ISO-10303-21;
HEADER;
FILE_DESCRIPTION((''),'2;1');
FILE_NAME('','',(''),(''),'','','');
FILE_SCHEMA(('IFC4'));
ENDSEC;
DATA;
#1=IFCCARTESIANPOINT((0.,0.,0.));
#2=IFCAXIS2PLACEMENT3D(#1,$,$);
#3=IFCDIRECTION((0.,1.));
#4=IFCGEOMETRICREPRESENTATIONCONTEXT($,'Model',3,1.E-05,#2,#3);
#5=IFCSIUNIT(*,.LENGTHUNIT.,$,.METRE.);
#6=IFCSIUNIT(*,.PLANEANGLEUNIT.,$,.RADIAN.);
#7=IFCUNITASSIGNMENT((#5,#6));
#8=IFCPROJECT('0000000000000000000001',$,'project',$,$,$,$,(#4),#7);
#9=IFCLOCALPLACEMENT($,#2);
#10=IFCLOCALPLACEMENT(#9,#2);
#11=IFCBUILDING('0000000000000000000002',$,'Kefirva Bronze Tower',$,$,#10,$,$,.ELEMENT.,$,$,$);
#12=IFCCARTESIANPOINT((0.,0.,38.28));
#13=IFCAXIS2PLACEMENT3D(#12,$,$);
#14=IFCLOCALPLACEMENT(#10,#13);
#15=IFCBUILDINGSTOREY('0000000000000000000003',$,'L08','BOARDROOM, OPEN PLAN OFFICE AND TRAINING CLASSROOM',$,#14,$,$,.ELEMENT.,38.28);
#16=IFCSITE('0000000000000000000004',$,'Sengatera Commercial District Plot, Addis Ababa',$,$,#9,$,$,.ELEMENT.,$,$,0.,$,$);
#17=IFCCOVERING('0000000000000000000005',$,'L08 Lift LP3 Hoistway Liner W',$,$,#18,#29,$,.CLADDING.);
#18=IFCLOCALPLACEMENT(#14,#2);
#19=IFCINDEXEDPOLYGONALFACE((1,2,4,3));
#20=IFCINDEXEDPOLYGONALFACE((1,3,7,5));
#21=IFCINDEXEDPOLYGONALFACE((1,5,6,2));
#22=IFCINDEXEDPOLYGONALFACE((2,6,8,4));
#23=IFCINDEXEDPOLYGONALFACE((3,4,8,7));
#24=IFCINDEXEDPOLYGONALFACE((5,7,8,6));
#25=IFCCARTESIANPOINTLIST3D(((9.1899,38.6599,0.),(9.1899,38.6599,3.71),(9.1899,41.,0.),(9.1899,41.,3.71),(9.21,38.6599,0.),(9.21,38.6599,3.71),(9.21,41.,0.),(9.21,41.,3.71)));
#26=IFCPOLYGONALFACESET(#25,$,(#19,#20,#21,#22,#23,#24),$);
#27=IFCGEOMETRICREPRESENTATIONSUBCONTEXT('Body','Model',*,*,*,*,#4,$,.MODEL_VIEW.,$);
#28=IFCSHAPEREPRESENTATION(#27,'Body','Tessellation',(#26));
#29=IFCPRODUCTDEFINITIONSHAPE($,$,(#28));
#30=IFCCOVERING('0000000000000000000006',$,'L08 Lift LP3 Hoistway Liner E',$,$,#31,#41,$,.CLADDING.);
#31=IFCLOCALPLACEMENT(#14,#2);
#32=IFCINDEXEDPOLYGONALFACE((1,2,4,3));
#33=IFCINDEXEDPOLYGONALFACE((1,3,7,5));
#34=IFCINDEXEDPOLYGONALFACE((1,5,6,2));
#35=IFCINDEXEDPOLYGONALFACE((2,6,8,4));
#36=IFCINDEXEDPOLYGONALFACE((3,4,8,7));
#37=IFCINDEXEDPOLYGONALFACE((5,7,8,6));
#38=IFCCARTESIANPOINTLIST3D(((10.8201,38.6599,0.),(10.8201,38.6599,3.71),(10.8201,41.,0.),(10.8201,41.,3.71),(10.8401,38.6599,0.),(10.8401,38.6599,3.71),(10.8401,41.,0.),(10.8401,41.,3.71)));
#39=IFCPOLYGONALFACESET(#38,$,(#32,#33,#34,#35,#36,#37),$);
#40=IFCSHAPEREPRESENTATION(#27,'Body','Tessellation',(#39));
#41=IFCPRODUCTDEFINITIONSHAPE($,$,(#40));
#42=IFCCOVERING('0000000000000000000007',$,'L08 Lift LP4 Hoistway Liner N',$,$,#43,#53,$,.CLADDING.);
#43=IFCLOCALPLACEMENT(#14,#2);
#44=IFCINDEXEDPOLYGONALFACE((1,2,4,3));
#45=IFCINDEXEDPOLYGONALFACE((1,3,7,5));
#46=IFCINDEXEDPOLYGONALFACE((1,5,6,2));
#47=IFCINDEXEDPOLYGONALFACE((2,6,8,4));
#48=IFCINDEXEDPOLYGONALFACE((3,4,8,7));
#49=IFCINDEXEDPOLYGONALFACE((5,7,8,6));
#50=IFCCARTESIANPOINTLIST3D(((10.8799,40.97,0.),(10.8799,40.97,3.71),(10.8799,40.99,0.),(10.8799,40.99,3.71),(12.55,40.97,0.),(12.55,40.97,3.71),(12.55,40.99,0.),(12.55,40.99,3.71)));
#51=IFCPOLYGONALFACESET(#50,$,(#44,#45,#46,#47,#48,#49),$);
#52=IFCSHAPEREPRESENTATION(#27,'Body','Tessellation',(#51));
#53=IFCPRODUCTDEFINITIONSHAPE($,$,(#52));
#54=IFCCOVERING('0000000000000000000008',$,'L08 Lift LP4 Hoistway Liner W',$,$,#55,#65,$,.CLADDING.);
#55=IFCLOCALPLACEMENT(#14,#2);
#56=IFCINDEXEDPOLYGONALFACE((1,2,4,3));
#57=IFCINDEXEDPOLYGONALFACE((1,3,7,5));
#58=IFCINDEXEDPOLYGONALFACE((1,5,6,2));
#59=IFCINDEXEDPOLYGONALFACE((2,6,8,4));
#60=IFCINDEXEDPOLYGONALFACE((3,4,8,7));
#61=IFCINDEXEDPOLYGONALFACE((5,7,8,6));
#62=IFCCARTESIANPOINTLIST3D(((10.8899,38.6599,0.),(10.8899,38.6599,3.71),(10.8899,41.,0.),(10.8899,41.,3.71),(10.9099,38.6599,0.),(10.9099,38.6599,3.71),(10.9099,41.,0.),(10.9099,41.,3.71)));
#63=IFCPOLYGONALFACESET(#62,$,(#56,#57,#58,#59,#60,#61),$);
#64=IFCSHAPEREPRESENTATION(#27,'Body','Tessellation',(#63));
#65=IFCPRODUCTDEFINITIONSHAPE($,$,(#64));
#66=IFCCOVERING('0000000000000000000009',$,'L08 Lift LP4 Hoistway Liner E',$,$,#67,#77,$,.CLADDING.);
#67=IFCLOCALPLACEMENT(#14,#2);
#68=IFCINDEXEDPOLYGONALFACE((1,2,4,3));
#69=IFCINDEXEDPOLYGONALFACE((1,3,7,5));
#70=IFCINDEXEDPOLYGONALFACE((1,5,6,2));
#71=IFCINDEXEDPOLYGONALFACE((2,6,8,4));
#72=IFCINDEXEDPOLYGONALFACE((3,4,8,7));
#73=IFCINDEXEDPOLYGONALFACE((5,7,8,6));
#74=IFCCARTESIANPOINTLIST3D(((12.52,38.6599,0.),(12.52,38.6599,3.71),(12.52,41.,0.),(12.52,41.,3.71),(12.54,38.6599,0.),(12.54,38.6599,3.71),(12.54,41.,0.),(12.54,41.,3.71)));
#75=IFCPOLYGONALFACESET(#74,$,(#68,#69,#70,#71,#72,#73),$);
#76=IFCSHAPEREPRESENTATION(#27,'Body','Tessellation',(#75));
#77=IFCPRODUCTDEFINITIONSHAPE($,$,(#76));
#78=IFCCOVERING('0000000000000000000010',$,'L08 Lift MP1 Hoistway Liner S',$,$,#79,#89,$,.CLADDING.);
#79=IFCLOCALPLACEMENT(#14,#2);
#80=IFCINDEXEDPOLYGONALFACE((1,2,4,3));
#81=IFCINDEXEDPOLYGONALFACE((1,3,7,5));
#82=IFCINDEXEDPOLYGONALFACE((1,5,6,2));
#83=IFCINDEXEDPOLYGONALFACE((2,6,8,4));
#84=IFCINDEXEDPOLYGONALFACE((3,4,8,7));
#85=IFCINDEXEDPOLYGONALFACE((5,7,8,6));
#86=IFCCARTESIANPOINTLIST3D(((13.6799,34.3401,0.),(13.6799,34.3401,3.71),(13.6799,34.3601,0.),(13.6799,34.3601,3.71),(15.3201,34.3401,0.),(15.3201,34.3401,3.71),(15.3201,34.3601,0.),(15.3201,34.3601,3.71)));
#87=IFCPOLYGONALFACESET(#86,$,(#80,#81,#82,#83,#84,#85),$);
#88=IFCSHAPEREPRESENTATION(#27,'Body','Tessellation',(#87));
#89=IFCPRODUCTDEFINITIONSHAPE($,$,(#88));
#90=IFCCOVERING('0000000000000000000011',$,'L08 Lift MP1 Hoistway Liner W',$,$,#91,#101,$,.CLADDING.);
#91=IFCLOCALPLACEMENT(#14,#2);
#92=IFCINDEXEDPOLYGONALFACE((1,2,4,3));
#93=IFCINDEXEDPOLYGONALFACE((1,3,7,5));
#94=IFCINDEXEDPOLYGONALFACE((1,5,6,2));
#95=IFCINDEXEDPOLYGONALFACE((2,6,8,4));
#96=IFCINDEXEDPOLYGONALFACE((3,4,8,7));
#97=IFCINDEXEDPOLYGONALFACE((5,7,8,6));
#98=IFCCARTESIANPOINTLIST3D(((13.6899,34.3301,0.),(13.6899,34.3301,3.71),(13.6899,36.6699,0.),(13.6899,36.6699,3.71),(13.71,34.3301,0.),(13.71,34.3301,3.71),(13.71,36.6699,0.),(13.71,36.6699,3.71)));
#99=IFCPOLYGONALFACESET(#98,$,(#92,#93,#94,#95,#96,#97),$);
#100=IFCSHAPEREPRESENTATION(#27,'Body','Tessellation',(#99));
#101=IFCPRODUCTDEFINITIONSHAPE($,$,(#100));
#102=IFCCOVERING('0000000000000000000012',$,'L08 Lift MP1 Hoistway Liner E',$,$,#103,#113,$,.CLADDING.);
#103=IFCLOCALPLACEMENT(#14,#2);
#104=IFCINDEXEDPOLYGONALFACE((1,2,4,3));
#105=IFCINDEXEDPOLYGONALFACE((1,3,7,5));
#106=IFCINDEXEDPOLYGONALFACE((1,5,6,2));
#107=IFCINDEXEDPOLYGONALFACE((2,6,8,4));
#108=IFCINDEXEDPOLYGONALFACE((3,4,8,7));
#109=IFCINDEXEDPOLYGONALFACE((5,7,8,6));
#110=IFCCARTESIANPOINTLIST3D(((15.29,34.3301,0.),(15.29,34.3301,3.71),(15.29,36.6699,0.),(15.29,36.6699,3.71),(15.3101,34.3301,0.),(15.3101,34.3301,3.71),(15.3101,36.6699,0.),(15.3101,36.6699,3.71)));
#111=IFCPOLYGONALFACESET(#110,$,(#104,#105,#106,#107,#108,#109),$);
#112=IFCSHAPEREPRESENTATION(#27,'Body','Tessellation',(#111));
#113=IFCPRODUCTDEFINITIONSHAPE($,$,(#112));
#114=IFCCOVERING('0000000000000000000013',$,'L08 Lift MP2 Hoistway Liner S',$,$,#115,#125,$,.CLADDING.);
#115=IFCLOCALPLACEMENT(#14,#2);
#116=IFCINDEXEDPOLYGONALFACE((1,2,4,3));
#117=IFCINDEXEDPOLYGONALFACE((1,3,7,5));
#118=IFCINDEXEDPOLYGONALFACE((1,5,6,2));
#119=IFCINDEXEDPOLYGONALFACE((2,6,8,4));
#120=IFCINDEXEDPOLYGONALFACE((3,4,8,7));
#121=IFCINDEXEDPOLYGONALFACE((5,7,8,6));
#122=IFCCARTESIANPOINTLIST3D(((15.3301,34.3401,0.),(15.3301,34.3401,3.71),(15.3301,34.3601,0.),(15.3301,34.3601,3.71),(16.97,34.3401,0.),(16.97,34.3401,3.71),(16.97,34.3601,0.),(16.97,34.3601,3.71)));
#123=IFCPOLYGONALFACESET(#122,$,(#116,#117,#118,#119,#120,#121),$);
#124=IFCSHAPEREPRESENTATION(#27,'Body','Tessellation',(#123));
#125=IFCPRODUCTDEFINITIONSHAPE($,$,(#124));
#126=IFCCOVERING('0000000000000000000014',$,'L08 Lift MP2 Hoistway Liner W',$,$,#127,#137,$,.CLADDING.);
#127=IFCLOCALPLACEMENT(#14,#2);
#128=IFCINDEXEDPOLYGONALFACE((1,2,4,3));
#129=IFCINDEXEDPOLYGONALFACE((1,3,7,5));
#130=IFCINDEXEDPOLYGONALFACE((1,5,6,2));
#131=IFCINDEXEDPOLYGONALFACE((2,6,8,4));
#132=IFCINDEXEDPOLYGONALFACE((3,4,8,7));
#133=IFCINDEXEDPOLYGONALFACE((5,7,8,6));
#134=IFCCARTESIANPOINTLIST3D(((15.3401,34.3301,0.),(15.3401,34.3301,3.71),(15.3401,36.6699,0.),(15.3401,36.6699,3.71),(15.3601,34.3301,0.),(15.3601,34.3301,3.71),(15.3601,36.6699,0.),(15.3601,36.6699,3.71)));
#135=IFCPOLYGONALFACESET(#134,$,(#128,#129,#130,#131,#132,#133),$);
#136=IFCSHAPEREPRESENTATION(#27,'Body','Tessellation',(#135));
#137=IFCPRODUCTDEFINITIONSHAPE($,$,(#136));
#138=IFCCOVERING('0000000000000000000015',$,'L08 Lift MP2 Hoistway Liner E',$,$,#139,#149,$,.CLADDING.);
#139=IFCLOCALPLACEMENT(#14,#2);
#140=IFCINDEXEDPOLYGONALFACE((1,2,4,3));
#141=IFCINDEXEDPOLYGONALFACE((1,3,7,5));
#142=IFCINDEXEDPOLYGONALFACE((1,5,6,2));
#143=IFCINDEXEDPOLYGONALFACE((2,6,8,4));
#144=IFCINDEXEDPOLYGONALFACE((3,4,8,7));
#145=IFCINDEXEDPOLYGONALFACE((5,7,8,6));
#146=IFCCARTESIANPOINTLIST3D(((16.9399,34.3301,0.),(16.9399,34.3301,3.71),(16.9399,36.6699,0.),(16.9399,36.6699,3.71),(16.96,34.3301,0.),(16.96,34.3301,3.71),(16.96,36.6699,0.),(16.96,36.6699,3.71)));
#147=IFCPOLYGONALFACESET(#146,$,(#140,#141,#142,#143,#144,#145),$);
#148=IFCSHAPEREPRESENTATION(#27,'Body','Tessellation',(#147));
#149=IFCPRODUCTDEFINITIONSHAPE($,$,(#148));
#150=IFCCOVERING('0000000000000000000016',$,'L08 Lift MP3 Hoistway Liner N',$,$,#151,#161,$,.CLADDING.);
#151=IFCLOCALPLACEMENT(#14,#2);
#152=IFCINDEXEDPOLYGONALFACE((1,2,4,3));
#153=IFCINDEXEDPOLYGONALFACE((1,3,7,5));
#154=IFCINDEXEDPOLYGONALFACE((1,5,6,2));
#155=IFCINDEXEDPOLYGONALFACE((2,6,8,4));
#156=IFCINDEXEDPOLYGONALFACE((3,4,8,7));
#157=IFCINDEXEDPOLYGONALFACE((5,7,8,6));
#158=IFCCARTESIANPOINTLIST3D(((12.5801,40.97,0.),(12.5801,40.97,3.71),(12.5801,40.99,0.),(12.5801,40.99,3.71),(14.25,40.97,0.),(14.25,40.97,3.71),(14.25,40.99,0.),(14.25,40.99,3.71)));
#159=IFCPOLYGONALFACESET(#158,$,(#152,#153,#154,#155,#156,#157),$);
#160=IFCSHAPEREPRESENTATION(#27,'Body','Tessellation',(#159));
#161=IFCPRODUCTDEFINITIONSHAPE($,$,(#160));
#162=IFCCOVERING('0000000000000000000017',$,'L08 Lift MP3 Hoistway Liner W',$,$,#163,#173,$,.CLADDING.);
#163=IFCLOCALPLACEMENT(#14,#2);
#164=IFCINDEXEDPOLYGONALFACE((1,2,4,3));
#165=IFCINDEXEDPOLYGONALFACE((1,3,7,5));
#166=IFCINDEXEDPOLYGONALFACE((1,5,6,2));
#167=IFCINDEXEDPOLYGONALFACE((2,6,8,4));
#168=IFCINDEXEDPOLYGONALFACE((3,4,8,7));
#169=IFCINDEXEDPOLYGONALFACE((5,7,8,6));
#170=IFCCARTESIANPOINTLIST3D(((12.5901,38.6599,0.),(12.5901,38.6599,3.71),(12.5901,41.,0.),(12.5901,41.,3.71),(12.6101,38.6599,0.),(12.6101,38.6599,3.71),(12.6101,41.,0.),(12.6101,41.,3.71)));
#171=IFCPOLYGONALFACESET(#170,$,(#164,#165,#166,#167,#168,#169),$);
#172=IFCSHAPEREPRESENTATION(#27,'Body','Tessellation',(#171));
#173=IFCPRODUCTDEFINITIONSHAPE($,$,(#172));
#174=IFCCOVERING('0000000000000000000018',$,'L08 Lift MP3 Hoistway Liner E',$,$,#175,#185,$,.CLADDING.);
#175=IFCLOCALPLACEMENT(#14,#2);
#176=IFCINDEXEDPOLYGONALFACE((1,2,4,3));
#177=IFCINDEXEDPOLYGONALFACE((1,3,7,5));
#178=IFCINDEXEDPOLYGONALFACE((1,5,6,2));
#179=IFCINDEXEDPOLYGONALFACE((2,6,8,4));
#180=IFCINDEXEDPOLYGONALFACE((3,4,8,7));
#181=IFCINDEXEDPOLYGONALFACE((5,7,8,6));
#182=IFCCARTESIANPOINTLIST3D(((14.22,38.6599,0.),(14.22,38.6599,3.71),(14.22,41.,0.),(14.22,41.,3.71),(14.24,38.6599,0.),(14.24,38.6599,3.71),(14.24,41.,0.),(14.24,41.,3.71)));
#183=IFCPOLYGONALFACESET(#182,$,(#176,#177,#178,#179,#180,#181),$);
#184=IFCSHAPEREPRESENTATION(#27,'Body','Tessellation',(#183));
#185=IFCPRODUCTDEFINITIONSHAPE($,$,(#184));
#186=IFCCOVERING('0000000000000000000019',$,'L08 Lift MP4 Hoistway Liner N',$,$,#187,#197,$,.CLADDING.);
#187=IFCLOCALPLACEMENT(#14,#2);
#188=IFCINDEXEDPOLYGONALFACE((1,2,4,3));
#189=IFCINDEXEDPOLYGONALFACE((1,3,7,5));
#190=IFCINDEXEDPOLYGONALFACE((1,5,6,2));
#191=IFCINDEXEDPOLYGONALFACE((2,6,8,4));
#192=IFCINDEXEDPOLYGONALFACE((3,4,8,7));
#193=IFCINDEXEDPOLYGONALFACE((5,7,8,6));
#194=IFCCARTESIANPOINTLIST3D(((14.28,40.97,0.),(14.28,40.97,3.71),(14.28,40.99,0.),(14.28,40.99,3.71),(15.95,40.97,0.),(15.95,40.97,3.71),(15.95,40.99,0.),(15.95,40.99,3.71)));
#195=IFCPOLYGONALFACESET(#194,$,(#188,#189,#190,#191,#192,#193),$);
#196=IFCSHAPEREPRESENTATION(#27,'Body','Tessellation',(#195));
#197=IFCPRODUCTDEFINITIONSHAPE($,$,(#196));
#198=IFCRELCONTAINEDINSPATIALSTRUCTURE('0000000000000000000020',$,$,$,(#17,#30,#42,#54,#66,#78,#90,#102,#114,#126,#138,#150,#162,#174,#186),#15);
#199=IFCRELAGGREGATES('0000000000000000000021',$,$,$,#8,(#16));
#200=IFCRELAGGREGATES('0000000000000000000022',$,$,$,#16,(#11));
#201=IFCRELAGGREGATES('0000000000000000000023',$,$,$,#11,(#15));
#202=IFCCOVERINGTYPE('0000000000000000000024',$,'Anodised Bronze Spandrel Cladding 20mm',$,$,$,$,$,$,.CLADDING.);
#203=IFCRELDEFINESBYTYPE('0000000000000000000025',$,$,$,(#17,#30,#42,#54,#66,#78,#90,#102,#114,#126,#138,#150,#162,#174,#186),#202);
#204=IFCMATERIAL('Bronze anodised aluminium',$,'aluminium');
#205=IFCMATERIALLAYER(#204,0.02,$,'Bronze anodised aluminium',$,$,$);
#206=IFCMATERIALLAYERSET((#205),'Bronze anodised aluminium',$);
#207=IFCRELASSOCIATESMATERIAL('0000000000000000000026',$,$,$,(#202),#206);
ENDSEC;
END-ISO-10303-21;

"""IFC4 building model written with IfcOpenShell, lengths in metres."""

from ifc_helpers import new_model, si_unit, direction, frame, origin, place, context, subcontext, project, spatial, polyline, outline, extrude, material, layer, layer_set, type_object, element, save


model = new_model("IFC4")

# Units and contexts
model_context = context("Model", 3, precision=1e-05, world=origin(), true_north=direction((0.0, 1.0)))
body_context = subcontext(model_context, "Body", "Model", "MODEL_VIEW")
ifc_project = project(units=[si_unit("LENGTHUNIT", "METRE"), si_unit("PLANEANGLEUNIT", "RADIAN")], contexts=[model_context])

# Site, building, storey
site_placement = place(None, origin())
site = spatial("IfcSite", under=ifc_project, at=site_placement, Name="Sengatera Commercial District Plot, Addis Ababa", CompositionType="ELEMENT", RefElevation=0.0)
building_placement = place(site_placement, origin())
building = spatial("IfcBuilding", under=site, at=building_placement, Name="Kefirva Bronze Tower", CompositionType="ELEMENT")
storey_placement = place(building_placement, frame((0.0, 0.0, 38.28)))
storey = spatial("IfcBuildingStorey", under=building, at=storey_placement, Name="L08", Description="BOARDROOM, OPEN PLAN OFFICE AND TRAINING CLASSROOM", CompositionType="ELEMENT", Elevation=38.28)

# Coverings
ifc_material = material(Name="Bronze anodised aluminium", Category="aluminium")
ifc_layer_1 = layer(ifc_material, 0.02, Name="Bronze anodised aluminium")
ifc_layer_set_1 = layer_set([ifc_layer_1], Name="Bronze anodised aluminium")
covering_type_1 = type_object("IfcCoveringType", Name="Anodised Bronze Spandrel Cladding 20mm", PredefinedType="CLADDING", material=ifc_layer_set_1)
covering_1_placement = place(storey_placement, origin())
element("IfcCovering", 1, at=covering_1_placement, inside=storey, type_object=covering_type_1, Name="L08 Lift LP3 Hoistway Liner W", PredefinedType="CLADDING", context=body_context, shape_type="SweptSolid", body=[
    extrude(outline(polyline([(9.1899, 38.6599), (9.21, 38.6599), (9.21, 41.0), (9.1899, 41.0), (9.1899, 38.6599)])), origin(), (0.0, 0.0, 1.0), 3.71),
])
covering_2_placement = place(storey_placement, origin())
element("IfcCovering", 2, at=covering_2_placement, inside=storey, type_object=covering_type_1, Name="L08 Lift LP3 Hoistway Liner E", PredefinedType="CLADDING", context=body_context, shape_type="SweptSolid", body=[
    extrude(outline(polyline([(10.8201, 38.6599), (10.8401, 38.6599), (10.8401, 41.0), (10.8201, 41.0), (10.8201, 38.6599)])), origin(), (0.0, 0.0, 1.0), 3.71),
])
covering_3_placement = place(storey_placement, origin())
element("IfcCovering", 3, at=covering_3_placement, inside=storey, type_object=covering_type_1, Name="L08 Lift LP4 Hoistway Liner N", PredefinedType="CLADDING", context=body_context, shape_type="SweptSolid", body=[
    extrude(outline(polyline([(10.8799, 40.97), (12.55, 40.97), (12.55, 40.99), (10.8799, 40.99), (10.8799, 40.97)])), origin(), (0.0, 0.0, 1.0), 3.71),
])
covering_4_placement = place(storey_placement, origin())
element("IfcCovering", 4, at=covering_4_placement, inside=storey, type_object=covering_type_1, Name="L08 Lift LP4 Hoistway Liner W", PredefinedType="CLADDING", context=body_context, shape_type="SweptSolid", body=[
    extrude(outline(polyline([(10.8899, 38.6599), (10.9099, 38.6599), (10.9099, 41.0), (10.8899, 41.0), (10.8899, 38.6599)])), origin(), (0.0, 0.0, 1.0), 3.71),
])
covering_5_placement = place(storey_placement, origin())
element("IfcCovering", 5, at=covering_5_placement, inside=storey, type_object=covering_type_1, Name="L08 Lift LP4 Hoistway Liner E", PredefinedType="CLADDING", context=body_context, shape_type="SweptSolid", body=[
    extrude(outline(polyline([(12.52, 38.6599), (12.54, 38.6599), (12.54, 41.0), (12.52, 41.0), (12.52, 38.6599)])), origin(), (0.0, 0.0, 1.0), 3.71),
])
covering_6_placement = place(storey_placement, origin())
element("IfcCovering", 6, at=covering_6_placement, inside=storey, type_object=covering_type_1, Name="L08 Lift MP1 Hoistway Liner S", PredefinedType="CLADDING", context=body_context, shape_type="SweptSolid", body=[
    extrude(outline(polyline([(13.6799, 34.3401), (15.3201, 34.3401), (15.3201, 34.3601), (13.6799, 34.3601), (13.6799, 34.3401)])), origin(), (0.0, 0.0, 1.0), 3.71),
])
covering_7_placement = place(storey_placement, origin())
element("IfcCovering", 7, at=covering_7_placement, inside=storey, type_object=covering_type_1, Name="L08 Lift MP1 Hoistway Liner W", PredefinedType="CLADDING", context=body_context, shape_type="SweptSolid", body=[
    extrude(outline(polyline([(13.6899, 34.3301), (13.71, 34.3301), (13.71, 36.6699), (13.6899, 36.6699), (13.6899, 34.3301)])), origin(), (0.0, 0.0, 1.0), 3.71),
])
covering_8_placement = place(storey_placement, origin())
element("IfcCovering", 8, at=covering_8_placement, inside=storey, type_object=covering_type_1, Name="L08 Lift MP1 Hoistway Liner E", PredefinedType="CLADDING", context=body_context, shape_type="SweptSolid", body=[
    extrude(outline(polyline([(15.29, 34.3301), (15.3101, 34.3301), (15.3101, 36.6699), (15.29, 36.6699), (15.29, 34.3301)])), origin(), (0.0, 0.0, 1.0), 3.71),
])
covering_9_placement = place(storey_placement, origin())
element("IfcCovering", 9, at=covering_9_placement, inside=storey, type_object=covering_type_1, Name="L08 Lift MP2 Hoistway Liner S", PredefinedType="CLADDING", context=body_context, shape_type="SweptSolid", body=[
    extrude(outline(polyline([(15.3301, 34.3401), (16.97, 34.3401), (16.97, 34.3601), (15.3301, 34.3601), (15.3301, 34.3401)])), origin(), (0.0, 0.0, 1.0), 3.71),
])
covering_10_placement = place(storey_placement, origin())
element("IfcCovering", 10, at=covering_10_placement, inside=storey, type_object=covering_type_1, Name="L08 Lift MP2 Hoistway Liner W", PredefinedType="CLADDING", context=body_context, shape_type="SweptSolid", body=[
    extrude(outline(polyline([(15.3401, 34.3301), (15.3601, 34.3301), (15.3601, 36.6699), (15.3401, 36.6699), (15.3401, 34.3301)])), origin(), (0.0, 0.0, 1.0), 3.71),
])
covering_11_placement = place(storey_placement, origin())
element("IfcCovering", 11, at=covering_11_placement, inside=storey, type_object=covering_type_1, Name="L08 Lift MP2 Hoistway Liner E", PredefinedType="CLADDING", context=body_context, shape_type="SweptSolid", body=[
    extrude(outline(polyline([(16.9399, 34.3301), (16.96, 34.3301), (16.96, 36.6699), (16.9399, 36.6699), (16.9399, 34.3301)])), origin(), (0.0, 0.0, 1.0), 3.71),
])
covering_12_placement = place(storey_placement, origin())
element("IfcCovering", 12, at=covering_12_placement, inside=storey, type_object=covering_type_1, Name="L08 Lift MP3 Hoistway Liner N", PredefinedType="CLADDING", context=body_context, shape_type="SweptSolid", body=[
    extrude(outline(polyline([(12.5801, 40.97), (14.25, 40.97), (14.25, 40.99), (12.5801, 40.99), (12.5801, 40.97)])), origin(), (0.0, 0.0, 1.0), 3.71),
])
covering_13_placement = place(storey_placement, origin())
element("IfcCovering", 13, at=covering_13_placement, inside=storey, type_object=covering_type_1, Name="L08 Lift MP3 Hoistway Liner W", PredefinedType="CLADDING", context=body_context, shape_type="SweptSolid", body=[
    extrude(outline(polyline([(12.5901, 38.6599), (12.6101, 38.6599), (12.6101, 41.0), (12.5901, 41.0), (12.5901, 38.6599)])), origin(), (0.0, 0.0, 1.0), 3.71),
])
covering_14_placement = place(storey_placement, origin())
element("IfcCovering", 14, at=covering_14_placement, inside=storey, type_object=covering_type_1, Name="L08 Lift MP3 Hoistway Liner E", PredefinedType="CLADDING", context=body_context, shape_type="SweptSolid", body=[
    extrude(outline(polyline([(14.22, 38.6599), (14.24, 38.6599), (14.24, 41.0), (14.22, 41.0), (14.22, 38.6599)])), origin(), (0.0, 0.0, 1.0), 3.71),
])
covering_15_placement = place(storey_placement, origin())
element("IfcCovering", 15, at=covering_15_placement, inside=storey, type_object=covering_type_1, Name="L08 Lift MP4 Hoistway Liner N", PredefinedType="CLADDING", context=body_context, shape_type="SweptSolid", body=[
    extrude(outline(polyline([(14.28, 40.97), (15.95, 40.97), (15.95, 40.99), (14.28, 40.99), (14.28, 40.97)])), origin(), (0.0, 0.0, 1.0), 3.71),
])

save(model, "model.ifc")
